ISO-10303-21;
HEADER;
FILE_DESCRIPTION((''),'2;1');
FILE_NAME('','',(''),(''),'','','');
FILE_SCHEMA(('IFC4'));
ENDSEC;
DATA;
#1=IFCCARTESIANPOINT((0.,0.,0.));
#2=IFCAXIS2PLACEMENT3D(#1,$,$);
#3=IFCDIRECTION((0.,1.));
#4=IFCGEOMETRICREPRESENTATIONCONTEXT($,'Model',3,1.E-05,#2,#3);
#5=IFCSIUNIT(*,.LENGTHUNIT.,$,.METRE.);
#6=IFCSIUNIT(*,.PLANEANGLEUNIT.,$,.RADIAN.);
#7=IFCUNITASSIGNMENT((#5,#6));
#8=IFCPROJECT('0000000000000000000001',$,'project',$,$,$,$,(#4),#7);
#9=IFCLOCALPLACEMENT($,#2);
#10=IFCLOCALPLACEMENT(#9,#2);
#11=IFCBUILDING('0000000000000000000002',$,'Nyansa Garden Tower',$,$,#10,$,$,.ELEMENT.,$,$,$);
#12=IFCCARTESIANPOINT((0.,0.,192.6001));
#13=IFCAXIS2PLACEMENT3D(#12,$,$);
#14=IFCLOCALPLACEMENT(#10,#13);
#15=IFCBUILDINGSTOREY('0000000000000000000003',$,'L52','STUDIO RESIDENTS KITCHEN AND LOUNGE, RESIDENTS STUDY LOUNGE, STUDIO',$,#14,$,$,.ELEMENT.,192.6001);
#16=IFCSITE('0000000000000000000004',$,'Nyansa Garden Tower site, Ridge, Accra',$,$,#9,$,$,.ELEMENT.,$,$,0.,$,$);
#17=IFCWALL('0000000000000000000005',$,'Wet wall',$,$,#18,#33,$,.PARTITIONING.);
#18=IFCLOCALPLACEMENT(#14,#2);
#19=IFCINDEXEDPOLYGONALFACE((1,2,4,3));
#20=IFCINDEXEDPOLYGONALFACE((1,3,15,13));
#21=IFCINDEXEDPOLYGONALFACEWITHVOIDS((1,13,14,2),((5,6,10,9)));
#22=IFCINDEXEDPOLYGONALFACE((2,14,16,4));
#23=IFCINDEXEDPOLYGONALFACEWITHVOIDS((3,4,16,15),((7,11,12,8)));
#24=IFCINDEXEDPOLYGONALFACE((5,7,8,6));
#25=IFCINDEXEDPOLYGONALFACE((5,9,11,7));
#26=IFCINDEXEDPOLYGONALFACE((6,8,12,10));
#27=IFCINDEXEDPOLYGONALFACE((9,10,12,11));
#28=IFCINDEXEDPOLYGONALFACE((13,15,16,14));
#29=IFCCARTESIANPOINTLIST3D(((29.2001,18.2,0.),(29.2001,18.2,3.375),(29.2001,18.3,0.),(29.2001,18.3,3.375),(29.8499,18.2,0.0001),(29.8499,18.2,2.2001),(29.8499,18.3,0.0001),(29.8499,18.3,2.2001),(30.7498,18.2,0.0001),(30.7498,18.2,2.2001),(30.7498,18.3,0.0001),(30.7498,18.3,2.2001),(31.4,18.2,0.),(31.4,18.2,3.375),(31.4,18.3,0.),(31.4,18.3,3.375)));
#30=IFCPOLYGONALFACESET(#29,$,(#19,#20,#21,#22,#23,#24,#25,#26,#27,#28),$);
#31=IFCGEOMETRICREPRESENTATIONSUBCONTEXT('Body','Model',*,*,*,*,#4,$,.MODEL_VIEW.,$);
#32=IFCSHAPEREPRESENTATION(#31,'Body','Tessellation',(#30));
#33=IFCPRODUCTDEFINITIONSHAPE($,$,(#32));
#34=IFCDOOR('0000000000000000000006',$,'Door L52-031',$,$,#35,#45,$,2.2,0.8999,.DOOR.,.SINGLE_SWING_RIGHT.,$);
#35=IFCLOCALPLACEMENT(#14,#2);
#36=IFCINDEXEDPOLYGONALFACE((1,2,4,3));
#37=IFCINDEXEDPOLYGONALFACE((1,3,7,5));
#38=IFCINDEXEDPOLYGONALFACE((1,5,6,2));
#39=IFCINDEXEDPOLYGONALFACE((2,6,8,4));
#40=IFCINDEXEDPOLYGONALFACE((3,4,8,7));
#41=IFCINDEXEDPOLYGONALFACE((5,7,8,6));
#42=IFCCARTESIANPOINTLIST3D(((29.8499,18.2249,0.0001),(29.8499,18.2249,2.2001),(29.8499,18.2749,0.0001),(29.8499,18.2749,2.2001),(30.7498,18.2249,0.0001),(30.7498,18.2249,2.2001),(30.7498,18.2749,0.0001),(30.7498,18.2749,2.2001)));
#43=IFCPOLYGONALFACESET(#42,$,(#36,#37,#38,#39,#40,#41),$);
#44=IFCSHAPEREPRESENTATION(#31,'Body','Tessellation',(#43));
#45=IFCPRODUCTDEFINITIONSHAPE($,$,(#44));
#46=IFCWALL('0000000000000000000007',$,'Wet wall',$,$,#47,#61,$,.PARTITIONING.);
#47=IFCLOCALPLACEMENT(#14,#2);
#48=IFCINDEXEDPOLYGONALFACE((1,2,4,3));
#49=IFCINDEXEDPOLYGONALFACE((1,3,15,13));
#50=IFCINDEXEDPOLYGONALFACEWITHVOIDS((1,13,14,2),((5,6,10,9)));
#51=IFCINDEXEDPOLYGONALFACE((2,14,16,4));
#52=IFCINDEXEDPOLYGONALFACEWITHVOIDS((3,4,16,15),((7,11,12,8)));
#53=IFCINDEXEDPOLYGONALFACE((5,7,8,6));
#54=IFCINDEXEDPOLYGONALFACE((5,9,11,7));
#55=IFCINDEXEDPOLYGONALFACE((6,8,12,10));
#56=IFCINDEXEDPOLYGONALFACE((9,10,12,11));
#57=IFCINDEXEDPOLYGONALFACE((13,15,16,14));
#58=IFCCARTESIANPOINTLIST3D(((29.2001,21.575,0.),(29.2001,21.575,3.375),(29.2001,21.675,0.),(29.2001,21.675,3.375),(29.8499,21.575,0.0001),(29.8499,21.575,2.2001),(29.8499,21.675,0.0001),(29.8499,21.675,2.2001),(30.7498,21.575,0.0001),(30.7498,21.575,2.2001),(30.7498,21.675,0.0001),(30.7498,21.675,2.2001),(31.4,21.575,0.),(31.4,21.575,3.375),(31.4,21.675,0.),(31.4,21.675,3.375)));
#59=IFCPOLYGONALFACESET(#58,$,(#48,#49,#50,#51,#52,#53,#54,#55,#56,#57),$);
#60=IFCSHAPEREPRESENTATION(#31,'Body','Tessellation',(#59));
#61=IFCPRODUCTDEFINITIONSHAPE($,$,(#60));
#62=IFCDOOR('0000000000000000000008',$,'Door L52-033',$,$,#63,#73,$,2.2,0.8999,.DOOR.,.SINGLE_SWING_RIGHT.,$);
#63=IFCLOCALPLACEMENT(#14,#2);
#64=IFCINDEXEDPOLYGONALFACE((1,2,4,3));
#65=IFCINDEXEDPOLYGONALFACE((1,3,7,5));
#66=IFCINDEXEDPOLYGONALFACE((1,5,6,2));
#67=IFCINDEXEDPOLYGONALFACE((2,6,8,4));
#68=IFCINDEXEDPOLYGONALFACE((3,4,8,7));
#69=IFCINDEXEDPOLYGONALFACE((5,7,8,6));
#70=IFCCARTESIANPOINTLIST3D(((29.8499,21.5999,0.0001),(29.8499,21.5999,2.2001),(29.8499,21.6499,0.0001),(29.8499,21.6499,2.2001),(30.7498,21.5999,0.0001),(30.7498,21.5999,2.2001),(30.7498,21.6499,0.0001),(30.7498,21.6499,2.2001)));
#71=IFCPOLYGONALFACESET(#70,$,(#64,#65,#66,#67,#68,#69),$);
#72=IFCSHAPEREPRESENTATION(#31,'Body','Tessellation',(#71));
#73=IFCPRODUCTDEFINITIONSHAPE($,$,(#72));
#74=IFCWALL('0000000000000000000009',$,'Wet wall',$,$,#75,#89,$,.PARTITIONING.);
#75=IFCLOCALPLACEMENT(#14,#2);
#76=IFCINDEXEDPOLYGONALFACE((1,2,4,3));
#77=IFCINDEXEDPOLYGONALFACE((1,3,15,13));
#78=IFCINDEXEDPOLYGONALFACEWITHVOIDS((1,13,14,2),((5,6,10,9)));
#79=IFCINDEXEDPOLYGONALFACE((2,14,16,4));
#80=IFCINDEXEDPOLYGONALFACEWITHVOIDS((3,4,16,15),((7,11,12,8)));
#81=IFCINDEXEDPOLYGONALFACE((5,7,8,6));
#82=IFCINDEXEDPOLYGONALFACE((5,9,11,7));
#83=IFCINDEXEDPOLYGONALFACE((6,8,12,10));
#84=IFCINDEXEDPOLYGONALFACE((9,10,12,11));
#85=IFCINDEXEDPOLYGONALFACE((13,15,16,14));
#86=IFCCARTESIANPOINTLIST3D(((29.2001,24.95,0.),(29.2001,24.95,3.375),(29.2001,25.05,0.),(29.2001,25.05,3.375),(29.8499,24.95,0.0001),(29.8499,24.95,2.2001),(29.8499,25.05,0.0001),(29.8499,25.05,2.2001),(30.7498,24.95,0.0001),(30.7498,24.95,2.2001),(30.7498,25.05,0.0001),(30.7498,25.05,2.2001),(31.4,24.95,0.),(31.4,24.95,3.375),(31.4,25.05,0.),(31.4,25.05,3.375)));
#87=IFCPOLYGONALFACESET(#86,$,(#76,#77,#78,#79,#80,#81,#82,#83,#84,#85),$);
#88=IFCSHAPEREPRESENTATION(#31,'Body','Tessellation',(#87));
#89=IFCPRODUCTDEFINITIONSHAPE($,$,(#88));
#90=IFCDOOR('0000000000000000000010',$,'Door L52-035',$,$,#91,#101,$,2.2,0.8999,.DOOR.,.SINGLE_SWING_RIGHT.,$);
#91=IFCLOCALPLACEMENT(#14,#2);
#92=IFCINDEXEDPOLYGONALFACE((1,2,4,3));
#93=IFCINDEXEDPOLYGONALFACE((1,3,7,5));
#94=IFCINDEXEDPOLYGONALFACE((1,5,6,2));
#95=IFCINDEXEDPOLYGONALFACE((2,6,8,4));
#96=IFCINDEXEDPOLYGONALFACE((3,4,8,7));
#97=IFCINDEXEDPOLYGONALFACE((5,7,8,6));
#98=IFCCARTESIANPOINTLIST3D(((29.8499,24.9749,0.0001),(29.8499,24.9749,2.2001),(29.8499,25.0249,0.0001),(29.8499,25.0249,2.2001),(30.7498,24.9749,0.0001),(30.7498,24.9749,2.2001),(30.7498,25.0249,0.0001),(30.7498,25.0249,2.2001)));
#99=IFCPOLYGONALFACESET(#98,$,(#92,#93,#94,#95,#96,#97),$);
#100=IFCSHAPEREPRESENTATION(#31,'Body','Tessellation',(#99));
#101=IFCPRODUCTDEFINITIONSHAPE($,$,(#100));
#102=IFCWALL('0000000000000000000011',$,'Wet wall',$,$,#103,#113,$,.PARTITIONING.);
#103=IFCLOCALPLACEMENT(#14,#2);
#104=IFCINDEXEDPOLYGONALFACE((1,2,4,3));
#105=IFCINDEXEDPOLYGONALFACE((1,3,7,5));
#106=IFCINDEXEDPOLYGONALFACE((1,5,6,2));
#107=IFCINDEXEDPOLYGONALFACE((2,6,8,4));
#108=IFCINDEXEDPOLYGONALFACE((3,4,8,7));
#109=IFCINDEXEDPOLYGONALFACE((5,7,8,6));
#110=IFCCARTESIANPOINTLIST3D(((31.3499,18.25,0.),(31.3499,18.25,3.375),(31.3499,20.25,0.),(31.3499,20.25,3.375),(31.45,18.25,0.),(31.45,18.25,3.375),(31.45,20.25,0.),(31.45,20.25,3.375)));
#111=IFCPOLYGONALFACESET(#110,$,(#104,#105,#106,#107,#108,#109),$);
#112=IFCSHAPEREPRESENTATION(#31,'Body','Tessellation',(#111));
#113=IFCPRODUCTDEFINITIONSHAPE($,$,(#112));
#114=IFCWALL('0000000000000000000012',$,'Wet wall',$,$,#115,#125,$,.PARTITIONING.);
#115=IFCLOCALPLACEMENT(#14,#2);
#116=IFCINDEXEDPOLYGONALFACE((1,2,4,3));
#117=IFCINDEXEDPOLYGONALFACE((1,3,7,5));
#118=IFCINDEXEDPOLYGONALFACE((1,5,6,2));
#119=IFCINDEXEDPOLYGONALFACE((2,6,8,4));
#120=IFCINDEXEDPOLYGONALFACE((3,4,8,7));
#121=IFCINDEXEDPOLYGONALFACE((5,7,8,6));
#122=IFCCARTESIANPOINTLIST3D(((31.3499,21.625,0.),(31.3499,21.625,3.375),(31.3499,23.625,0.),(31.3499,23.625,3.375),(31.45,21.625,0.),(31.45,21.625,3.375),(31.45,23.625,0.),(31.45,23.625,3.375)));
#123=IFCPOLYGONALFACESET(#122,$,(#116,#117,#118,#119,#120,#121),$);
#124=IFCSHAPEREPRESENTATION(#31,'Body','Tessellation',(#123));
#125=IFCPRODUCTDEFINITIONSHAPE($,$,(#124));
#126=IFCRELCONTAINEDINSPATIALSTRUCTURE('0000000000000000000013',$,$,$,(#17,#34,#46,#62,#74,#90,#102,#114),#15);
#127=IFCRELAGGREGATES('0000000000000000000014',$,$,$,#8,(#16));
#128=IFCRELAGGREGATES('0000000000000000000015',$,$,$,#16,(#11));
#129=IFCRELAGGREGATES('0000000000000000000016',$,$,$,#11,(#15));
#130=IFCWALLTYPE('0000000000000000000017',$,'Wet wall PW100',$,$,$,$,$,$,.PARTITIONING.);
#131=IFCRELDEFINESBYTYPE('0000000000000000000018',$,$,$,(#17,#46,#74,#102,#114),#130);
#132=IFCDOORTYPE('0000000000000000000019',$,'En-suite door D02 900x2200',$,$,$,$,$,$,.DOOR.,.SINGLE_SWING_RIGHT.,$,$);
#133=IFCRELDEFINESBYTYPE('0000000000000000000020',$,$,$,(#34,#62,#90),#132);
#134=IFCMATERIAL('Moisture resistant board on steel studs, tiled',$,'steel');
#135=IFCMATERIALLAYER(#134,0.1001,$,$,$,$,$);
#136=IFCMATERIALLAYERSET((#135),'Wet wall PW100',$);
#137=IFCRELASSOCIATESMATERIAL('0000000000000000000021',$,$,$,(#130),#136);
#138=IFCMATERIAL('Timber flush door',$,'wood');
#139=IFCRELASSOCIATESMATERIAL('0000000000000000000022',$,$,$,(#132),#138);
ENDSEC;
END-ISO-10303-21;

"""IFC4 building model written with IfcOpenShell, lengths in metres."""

from ifc_helpers import new_model, si_unit, direction, frame, frame_2d, origin, place, context, subcontext, project, spatial, rectangle, extrude, material, layer, layer_set, type_object, element, fill, save


model = new_model("IFC4")

# Units and contexts
model_context = context("Model", 3, precision=1e-05, world=origin(), true_north=direction((0.0, 1.0)))
body_context = subcontext(model_context, "Body", "Model", "MODEL_VIEW")
ifc_project = project(units=[si_unit("LENGTHUNIT", "METRE"), si_unit("PLANEANGLEUNIT", "RADIAN")], contexts=[model_context])

# Site, building, storey
site_placement = place(None, origin())
site = spatial("IfcSite", under=ifc_project, at=site_placement, Name="Nyansa Garden Tower site, Ridge, Accra", CompositionType="ELEMENT", RefElevation=0.0)
building_placement = place(site_placement, origin())
building = spatial("IfcBuilding", under=site, at=building_placement, Name="Nyansa Garden Tower", CompositionType="ELEMENT")
storey_placement = place(building_placement, frame((0.0, 0.0, 192.6001)))
storey = spatial("IfcBuildingStorey", under=building, at=storey_placement, Name="L52", Description="STUDIO RESIDENTS KITCHEN AND LOUNGE, RESIDENTS STUDY LOUNGE, STUDIO", CompositionType="ELEMENT", Elevation=192.6001)

# Walls, openings, doors
ifc_material_1 = material(Name="Moisture resistant board on steel studs, tiled", Category="steel")
ifc_layer_1 = layer(ifc_material_1, 0.1001)
ifc_layer_set_1 = layer_set([ifc_layer_1], Name="Wet wall PW100")
wall_type_1 = type_object("IfcWallType", Name="Wet wall PW100", PredefinedType="PARTITIONING", material=ifc_layer_set_1)
wall_1_placement = place(storey_placement, frame((29.2, 18.25, 0.0), z_axis=(0.0, 0.0, 1.0), x_axis=(1.0, 0.0, 0.0)))
wall_1 = element("IfcWall", 1, at=wall_1_placement, inside=storey, type_object=wall_type_1, Name="Wet wall", PredefinedType="PARTITIONING", context=body_context, shape_type="SweptSolid", body=[
    extrude(rectangle(XDim=2.2, YDim=0.1001, at=frame_2d((1.1001, 0.0))), origin(), (0.0, 0.0, 1.0), 3.375),
])
opening_1_placement = place(wall_1_placement, frame((0.6499, 0.0, 0.0)))
opening_1 = element("IfcOpeningElement", 2, at=opening_1_placement, cuts=wall_1, PredefinedType="OPENING", context=body_context, shape_type="SweptSolid", body=[
    extrude(rectangle(XDim=0.8999, YDim=2.2, at=frame_2d((0.45, 1.1001))), frame((0.0, 0.0601, 0.0), z_axis=(0.0, -1.0, 0.0), x_axis=(1.0, 0.0, 0.0)), (0.0, 0.0, 1.0), 0.1201),
])
ifc_material_2 = material(Name="Timber flush door", Category="wood")
door_type_1 = type_object("IfcDoorType", Name="En-suite door D02 900x2200", OperationType="SINGLE_SWING_RIGHT", PredefinedType="DOOR", material=ifc_material_2)
door_1_placement = place(opening_1_placement, origin())
door_1 = element("IfcDoor", 3, at=door_1_placement, inside=storey, type_object=door_type_1, Name="Door L52-031", OperationType="SINGLE_SWING_RIGHT", OverallHeight=2.2, OverallWidth=0.8999, PredefinedType="DOOR", context=body_context, shape_type="SweptSolid", body=[
    extrude(rectangle(XDim=0.8999, YDim=2.2, at=frame_2d((0.45, 1.1001))), frame((0.0, 0.0249, 0.0), z_axis=(0.0, -1.0, 0.0), x_axis=(1.0, 0.0, 0.0)), (0.0, 0.0, 1.0), 0.05),
])
fill(opening_1, door_1)
wall_2_placement = place(storey_placement, frame((29.2, 21.625, 0.0), z_axis=(0.0, 0.0, 1.0), x_axis=(1.0, 0.0, 0.0)))
wall_2 = element("IfcWall", 4, at=wall_2_placement, inside=storey, type_object=wall_type_1, Name="Wet wall", PredefinedType="PARTITIONING", context=body_context, shape_type="SweptSolid", body=[
    extrude(rectangle(XDim=2.2, YDim=0.1001, at=frame_2d((1.1001, 0.0))), origin(), (0.0, 0.0, 1.0), 3.375),
])
opening_2_placement = place(wall_2_placement, frame((0.6499, 0.0, 0.0)))
opening_2 = element("IfcOpeningElement", 5, at=opening_2_placement, cuts=wall_2, PredefinedType="OPENING", context=body_context, shape_type="SweptSolid", body=[
    extrude(rectangle(XDim=0.8999, YDim=2.2, at=frame_2d((0.45, 1.1001))), frame((0.0, 0.0601, 0.0), z_axis=(0.0, -1.0, 0.0), x_axis=(1.0, 0.0, 0.0)), (0.0, 0.0, 1.0), 0.1201),
])
door_2_placement = place(opening_2_placement, origin())
door_2 = element("IfcDoor", 6, at=door_2_placement, inside=storey, type_object=door_type_1, Name="Door L52-033", OperationType="SINGLE_SWING_RIGHT", OverallHeight=2.2, OverallWidth=0.8999, PredefinedType="DOOR", context=body_context, shape_type="SweptSolid", body=[
    extrude(rectangle(XDim=0.8999, YDim=2.2, at=frame_2d((0.45, 1.1001))), frame((0.0, 0.0249, 0.0), z_axis=(0.0, -1.0, 0.0), x_axis=(1.0, 0.0, 0.0)), (0.0, 0.0, 1.0), 0.05),
])
fill(opening_2, door_2)
wall_3_placement = place(storey_placement, frame((29.2, 25.0, 0.0), z_axis=(0.0, 0.0, 1.0), x_axis=(1.0, 0.0, 0.0)))
wall_3 = element("IfcWall", 7, at=wall_3_placement, inside=storey, type_object=wall_type_1, Name="Wet wall", PredefinedType="PARTITIONING", context=body_context, shape_type="SweptSolid", body=[
    extrude(rectangle(XDim=2.2, YDim=0.1001, at=frame_2d((1.1001, 0.0))), origin(), (0.0, 0.0, 1.0), 3.375),
])
opening_3_placement = place(wall_3_placement, frame((0.6499, 0.0, 0.0)))
opening_3 = element("IfcOpeningElement", 8, at=opening_3_placement, cuts=wall_3, PredefinedType="OPENING", context=body_context, shape_type="SweptSolid", body=[
    extrude(rectangle(XDim=0.8999, YDim=2.2, at=frame_2d((0.45, 1.1001))), frame((0.0, 0.0601, 0.0), z_axis=(0.0, -1.0, 0.0), x_axis=(1.0, 0.0, 0.0)), (0.0, 0.0, 1.0), 0.1201),
])
door_3_placement = place(opening_3_placement, origin())
door_3 = element("IfcDoor", 9, at=door_3_placement, inside=storey, type_object=door_type_1, Name="Door L52-035", OperationType="SINGLE_SWING_RIGHT", OverallHeight=2.2, OverallWidth=0.8999, PredefinedType="DOOR", context=body_context, shape_type="SweptSolid", body=[
    extrude(rectangle(XDim=0.8999, YDim=2.2, at=frame_2d((0.45, 1.1001))), frame((0.0, 0.0249, 0.0), z_axis=(0.0, -1.0, 0.0), x_axis=(1.0, 0.0, 0.0)), (0.0, 0.0, 1.0), 0.05),
])
fill(opening_3, door_3)

# Walls
for number, where, z_axis, x_axis, name in (
    (10, (31.3999, 18.25, 0.0), (0.0, 0.0, 1.0), (0.0, 1.0, 0.0), "Wet wall"),
    (11, (31.3999, 21.625, 0.0), (0.0, 0.0, 1.0), (0.0, 1.0, 0.0), "Wet wall"),
):
    element("IfcWall", number, at=place(storey_placement, frame(where, z_axis=z_axis, x_axis=x_axis)), inside=storey, type_object=wall_type_1, Name=name, PredefinedType="PARTITIONING", context=body_context, shape_type="SweptSolid", body=[
        extrude(rectangle(XDim=2.0, YDim=0.1001, at=frame_2d((1.0, 0.0))), origin(), (0.0, 0.0, 1.0), 3.375),
    ])

save(model, "model.ifc")
